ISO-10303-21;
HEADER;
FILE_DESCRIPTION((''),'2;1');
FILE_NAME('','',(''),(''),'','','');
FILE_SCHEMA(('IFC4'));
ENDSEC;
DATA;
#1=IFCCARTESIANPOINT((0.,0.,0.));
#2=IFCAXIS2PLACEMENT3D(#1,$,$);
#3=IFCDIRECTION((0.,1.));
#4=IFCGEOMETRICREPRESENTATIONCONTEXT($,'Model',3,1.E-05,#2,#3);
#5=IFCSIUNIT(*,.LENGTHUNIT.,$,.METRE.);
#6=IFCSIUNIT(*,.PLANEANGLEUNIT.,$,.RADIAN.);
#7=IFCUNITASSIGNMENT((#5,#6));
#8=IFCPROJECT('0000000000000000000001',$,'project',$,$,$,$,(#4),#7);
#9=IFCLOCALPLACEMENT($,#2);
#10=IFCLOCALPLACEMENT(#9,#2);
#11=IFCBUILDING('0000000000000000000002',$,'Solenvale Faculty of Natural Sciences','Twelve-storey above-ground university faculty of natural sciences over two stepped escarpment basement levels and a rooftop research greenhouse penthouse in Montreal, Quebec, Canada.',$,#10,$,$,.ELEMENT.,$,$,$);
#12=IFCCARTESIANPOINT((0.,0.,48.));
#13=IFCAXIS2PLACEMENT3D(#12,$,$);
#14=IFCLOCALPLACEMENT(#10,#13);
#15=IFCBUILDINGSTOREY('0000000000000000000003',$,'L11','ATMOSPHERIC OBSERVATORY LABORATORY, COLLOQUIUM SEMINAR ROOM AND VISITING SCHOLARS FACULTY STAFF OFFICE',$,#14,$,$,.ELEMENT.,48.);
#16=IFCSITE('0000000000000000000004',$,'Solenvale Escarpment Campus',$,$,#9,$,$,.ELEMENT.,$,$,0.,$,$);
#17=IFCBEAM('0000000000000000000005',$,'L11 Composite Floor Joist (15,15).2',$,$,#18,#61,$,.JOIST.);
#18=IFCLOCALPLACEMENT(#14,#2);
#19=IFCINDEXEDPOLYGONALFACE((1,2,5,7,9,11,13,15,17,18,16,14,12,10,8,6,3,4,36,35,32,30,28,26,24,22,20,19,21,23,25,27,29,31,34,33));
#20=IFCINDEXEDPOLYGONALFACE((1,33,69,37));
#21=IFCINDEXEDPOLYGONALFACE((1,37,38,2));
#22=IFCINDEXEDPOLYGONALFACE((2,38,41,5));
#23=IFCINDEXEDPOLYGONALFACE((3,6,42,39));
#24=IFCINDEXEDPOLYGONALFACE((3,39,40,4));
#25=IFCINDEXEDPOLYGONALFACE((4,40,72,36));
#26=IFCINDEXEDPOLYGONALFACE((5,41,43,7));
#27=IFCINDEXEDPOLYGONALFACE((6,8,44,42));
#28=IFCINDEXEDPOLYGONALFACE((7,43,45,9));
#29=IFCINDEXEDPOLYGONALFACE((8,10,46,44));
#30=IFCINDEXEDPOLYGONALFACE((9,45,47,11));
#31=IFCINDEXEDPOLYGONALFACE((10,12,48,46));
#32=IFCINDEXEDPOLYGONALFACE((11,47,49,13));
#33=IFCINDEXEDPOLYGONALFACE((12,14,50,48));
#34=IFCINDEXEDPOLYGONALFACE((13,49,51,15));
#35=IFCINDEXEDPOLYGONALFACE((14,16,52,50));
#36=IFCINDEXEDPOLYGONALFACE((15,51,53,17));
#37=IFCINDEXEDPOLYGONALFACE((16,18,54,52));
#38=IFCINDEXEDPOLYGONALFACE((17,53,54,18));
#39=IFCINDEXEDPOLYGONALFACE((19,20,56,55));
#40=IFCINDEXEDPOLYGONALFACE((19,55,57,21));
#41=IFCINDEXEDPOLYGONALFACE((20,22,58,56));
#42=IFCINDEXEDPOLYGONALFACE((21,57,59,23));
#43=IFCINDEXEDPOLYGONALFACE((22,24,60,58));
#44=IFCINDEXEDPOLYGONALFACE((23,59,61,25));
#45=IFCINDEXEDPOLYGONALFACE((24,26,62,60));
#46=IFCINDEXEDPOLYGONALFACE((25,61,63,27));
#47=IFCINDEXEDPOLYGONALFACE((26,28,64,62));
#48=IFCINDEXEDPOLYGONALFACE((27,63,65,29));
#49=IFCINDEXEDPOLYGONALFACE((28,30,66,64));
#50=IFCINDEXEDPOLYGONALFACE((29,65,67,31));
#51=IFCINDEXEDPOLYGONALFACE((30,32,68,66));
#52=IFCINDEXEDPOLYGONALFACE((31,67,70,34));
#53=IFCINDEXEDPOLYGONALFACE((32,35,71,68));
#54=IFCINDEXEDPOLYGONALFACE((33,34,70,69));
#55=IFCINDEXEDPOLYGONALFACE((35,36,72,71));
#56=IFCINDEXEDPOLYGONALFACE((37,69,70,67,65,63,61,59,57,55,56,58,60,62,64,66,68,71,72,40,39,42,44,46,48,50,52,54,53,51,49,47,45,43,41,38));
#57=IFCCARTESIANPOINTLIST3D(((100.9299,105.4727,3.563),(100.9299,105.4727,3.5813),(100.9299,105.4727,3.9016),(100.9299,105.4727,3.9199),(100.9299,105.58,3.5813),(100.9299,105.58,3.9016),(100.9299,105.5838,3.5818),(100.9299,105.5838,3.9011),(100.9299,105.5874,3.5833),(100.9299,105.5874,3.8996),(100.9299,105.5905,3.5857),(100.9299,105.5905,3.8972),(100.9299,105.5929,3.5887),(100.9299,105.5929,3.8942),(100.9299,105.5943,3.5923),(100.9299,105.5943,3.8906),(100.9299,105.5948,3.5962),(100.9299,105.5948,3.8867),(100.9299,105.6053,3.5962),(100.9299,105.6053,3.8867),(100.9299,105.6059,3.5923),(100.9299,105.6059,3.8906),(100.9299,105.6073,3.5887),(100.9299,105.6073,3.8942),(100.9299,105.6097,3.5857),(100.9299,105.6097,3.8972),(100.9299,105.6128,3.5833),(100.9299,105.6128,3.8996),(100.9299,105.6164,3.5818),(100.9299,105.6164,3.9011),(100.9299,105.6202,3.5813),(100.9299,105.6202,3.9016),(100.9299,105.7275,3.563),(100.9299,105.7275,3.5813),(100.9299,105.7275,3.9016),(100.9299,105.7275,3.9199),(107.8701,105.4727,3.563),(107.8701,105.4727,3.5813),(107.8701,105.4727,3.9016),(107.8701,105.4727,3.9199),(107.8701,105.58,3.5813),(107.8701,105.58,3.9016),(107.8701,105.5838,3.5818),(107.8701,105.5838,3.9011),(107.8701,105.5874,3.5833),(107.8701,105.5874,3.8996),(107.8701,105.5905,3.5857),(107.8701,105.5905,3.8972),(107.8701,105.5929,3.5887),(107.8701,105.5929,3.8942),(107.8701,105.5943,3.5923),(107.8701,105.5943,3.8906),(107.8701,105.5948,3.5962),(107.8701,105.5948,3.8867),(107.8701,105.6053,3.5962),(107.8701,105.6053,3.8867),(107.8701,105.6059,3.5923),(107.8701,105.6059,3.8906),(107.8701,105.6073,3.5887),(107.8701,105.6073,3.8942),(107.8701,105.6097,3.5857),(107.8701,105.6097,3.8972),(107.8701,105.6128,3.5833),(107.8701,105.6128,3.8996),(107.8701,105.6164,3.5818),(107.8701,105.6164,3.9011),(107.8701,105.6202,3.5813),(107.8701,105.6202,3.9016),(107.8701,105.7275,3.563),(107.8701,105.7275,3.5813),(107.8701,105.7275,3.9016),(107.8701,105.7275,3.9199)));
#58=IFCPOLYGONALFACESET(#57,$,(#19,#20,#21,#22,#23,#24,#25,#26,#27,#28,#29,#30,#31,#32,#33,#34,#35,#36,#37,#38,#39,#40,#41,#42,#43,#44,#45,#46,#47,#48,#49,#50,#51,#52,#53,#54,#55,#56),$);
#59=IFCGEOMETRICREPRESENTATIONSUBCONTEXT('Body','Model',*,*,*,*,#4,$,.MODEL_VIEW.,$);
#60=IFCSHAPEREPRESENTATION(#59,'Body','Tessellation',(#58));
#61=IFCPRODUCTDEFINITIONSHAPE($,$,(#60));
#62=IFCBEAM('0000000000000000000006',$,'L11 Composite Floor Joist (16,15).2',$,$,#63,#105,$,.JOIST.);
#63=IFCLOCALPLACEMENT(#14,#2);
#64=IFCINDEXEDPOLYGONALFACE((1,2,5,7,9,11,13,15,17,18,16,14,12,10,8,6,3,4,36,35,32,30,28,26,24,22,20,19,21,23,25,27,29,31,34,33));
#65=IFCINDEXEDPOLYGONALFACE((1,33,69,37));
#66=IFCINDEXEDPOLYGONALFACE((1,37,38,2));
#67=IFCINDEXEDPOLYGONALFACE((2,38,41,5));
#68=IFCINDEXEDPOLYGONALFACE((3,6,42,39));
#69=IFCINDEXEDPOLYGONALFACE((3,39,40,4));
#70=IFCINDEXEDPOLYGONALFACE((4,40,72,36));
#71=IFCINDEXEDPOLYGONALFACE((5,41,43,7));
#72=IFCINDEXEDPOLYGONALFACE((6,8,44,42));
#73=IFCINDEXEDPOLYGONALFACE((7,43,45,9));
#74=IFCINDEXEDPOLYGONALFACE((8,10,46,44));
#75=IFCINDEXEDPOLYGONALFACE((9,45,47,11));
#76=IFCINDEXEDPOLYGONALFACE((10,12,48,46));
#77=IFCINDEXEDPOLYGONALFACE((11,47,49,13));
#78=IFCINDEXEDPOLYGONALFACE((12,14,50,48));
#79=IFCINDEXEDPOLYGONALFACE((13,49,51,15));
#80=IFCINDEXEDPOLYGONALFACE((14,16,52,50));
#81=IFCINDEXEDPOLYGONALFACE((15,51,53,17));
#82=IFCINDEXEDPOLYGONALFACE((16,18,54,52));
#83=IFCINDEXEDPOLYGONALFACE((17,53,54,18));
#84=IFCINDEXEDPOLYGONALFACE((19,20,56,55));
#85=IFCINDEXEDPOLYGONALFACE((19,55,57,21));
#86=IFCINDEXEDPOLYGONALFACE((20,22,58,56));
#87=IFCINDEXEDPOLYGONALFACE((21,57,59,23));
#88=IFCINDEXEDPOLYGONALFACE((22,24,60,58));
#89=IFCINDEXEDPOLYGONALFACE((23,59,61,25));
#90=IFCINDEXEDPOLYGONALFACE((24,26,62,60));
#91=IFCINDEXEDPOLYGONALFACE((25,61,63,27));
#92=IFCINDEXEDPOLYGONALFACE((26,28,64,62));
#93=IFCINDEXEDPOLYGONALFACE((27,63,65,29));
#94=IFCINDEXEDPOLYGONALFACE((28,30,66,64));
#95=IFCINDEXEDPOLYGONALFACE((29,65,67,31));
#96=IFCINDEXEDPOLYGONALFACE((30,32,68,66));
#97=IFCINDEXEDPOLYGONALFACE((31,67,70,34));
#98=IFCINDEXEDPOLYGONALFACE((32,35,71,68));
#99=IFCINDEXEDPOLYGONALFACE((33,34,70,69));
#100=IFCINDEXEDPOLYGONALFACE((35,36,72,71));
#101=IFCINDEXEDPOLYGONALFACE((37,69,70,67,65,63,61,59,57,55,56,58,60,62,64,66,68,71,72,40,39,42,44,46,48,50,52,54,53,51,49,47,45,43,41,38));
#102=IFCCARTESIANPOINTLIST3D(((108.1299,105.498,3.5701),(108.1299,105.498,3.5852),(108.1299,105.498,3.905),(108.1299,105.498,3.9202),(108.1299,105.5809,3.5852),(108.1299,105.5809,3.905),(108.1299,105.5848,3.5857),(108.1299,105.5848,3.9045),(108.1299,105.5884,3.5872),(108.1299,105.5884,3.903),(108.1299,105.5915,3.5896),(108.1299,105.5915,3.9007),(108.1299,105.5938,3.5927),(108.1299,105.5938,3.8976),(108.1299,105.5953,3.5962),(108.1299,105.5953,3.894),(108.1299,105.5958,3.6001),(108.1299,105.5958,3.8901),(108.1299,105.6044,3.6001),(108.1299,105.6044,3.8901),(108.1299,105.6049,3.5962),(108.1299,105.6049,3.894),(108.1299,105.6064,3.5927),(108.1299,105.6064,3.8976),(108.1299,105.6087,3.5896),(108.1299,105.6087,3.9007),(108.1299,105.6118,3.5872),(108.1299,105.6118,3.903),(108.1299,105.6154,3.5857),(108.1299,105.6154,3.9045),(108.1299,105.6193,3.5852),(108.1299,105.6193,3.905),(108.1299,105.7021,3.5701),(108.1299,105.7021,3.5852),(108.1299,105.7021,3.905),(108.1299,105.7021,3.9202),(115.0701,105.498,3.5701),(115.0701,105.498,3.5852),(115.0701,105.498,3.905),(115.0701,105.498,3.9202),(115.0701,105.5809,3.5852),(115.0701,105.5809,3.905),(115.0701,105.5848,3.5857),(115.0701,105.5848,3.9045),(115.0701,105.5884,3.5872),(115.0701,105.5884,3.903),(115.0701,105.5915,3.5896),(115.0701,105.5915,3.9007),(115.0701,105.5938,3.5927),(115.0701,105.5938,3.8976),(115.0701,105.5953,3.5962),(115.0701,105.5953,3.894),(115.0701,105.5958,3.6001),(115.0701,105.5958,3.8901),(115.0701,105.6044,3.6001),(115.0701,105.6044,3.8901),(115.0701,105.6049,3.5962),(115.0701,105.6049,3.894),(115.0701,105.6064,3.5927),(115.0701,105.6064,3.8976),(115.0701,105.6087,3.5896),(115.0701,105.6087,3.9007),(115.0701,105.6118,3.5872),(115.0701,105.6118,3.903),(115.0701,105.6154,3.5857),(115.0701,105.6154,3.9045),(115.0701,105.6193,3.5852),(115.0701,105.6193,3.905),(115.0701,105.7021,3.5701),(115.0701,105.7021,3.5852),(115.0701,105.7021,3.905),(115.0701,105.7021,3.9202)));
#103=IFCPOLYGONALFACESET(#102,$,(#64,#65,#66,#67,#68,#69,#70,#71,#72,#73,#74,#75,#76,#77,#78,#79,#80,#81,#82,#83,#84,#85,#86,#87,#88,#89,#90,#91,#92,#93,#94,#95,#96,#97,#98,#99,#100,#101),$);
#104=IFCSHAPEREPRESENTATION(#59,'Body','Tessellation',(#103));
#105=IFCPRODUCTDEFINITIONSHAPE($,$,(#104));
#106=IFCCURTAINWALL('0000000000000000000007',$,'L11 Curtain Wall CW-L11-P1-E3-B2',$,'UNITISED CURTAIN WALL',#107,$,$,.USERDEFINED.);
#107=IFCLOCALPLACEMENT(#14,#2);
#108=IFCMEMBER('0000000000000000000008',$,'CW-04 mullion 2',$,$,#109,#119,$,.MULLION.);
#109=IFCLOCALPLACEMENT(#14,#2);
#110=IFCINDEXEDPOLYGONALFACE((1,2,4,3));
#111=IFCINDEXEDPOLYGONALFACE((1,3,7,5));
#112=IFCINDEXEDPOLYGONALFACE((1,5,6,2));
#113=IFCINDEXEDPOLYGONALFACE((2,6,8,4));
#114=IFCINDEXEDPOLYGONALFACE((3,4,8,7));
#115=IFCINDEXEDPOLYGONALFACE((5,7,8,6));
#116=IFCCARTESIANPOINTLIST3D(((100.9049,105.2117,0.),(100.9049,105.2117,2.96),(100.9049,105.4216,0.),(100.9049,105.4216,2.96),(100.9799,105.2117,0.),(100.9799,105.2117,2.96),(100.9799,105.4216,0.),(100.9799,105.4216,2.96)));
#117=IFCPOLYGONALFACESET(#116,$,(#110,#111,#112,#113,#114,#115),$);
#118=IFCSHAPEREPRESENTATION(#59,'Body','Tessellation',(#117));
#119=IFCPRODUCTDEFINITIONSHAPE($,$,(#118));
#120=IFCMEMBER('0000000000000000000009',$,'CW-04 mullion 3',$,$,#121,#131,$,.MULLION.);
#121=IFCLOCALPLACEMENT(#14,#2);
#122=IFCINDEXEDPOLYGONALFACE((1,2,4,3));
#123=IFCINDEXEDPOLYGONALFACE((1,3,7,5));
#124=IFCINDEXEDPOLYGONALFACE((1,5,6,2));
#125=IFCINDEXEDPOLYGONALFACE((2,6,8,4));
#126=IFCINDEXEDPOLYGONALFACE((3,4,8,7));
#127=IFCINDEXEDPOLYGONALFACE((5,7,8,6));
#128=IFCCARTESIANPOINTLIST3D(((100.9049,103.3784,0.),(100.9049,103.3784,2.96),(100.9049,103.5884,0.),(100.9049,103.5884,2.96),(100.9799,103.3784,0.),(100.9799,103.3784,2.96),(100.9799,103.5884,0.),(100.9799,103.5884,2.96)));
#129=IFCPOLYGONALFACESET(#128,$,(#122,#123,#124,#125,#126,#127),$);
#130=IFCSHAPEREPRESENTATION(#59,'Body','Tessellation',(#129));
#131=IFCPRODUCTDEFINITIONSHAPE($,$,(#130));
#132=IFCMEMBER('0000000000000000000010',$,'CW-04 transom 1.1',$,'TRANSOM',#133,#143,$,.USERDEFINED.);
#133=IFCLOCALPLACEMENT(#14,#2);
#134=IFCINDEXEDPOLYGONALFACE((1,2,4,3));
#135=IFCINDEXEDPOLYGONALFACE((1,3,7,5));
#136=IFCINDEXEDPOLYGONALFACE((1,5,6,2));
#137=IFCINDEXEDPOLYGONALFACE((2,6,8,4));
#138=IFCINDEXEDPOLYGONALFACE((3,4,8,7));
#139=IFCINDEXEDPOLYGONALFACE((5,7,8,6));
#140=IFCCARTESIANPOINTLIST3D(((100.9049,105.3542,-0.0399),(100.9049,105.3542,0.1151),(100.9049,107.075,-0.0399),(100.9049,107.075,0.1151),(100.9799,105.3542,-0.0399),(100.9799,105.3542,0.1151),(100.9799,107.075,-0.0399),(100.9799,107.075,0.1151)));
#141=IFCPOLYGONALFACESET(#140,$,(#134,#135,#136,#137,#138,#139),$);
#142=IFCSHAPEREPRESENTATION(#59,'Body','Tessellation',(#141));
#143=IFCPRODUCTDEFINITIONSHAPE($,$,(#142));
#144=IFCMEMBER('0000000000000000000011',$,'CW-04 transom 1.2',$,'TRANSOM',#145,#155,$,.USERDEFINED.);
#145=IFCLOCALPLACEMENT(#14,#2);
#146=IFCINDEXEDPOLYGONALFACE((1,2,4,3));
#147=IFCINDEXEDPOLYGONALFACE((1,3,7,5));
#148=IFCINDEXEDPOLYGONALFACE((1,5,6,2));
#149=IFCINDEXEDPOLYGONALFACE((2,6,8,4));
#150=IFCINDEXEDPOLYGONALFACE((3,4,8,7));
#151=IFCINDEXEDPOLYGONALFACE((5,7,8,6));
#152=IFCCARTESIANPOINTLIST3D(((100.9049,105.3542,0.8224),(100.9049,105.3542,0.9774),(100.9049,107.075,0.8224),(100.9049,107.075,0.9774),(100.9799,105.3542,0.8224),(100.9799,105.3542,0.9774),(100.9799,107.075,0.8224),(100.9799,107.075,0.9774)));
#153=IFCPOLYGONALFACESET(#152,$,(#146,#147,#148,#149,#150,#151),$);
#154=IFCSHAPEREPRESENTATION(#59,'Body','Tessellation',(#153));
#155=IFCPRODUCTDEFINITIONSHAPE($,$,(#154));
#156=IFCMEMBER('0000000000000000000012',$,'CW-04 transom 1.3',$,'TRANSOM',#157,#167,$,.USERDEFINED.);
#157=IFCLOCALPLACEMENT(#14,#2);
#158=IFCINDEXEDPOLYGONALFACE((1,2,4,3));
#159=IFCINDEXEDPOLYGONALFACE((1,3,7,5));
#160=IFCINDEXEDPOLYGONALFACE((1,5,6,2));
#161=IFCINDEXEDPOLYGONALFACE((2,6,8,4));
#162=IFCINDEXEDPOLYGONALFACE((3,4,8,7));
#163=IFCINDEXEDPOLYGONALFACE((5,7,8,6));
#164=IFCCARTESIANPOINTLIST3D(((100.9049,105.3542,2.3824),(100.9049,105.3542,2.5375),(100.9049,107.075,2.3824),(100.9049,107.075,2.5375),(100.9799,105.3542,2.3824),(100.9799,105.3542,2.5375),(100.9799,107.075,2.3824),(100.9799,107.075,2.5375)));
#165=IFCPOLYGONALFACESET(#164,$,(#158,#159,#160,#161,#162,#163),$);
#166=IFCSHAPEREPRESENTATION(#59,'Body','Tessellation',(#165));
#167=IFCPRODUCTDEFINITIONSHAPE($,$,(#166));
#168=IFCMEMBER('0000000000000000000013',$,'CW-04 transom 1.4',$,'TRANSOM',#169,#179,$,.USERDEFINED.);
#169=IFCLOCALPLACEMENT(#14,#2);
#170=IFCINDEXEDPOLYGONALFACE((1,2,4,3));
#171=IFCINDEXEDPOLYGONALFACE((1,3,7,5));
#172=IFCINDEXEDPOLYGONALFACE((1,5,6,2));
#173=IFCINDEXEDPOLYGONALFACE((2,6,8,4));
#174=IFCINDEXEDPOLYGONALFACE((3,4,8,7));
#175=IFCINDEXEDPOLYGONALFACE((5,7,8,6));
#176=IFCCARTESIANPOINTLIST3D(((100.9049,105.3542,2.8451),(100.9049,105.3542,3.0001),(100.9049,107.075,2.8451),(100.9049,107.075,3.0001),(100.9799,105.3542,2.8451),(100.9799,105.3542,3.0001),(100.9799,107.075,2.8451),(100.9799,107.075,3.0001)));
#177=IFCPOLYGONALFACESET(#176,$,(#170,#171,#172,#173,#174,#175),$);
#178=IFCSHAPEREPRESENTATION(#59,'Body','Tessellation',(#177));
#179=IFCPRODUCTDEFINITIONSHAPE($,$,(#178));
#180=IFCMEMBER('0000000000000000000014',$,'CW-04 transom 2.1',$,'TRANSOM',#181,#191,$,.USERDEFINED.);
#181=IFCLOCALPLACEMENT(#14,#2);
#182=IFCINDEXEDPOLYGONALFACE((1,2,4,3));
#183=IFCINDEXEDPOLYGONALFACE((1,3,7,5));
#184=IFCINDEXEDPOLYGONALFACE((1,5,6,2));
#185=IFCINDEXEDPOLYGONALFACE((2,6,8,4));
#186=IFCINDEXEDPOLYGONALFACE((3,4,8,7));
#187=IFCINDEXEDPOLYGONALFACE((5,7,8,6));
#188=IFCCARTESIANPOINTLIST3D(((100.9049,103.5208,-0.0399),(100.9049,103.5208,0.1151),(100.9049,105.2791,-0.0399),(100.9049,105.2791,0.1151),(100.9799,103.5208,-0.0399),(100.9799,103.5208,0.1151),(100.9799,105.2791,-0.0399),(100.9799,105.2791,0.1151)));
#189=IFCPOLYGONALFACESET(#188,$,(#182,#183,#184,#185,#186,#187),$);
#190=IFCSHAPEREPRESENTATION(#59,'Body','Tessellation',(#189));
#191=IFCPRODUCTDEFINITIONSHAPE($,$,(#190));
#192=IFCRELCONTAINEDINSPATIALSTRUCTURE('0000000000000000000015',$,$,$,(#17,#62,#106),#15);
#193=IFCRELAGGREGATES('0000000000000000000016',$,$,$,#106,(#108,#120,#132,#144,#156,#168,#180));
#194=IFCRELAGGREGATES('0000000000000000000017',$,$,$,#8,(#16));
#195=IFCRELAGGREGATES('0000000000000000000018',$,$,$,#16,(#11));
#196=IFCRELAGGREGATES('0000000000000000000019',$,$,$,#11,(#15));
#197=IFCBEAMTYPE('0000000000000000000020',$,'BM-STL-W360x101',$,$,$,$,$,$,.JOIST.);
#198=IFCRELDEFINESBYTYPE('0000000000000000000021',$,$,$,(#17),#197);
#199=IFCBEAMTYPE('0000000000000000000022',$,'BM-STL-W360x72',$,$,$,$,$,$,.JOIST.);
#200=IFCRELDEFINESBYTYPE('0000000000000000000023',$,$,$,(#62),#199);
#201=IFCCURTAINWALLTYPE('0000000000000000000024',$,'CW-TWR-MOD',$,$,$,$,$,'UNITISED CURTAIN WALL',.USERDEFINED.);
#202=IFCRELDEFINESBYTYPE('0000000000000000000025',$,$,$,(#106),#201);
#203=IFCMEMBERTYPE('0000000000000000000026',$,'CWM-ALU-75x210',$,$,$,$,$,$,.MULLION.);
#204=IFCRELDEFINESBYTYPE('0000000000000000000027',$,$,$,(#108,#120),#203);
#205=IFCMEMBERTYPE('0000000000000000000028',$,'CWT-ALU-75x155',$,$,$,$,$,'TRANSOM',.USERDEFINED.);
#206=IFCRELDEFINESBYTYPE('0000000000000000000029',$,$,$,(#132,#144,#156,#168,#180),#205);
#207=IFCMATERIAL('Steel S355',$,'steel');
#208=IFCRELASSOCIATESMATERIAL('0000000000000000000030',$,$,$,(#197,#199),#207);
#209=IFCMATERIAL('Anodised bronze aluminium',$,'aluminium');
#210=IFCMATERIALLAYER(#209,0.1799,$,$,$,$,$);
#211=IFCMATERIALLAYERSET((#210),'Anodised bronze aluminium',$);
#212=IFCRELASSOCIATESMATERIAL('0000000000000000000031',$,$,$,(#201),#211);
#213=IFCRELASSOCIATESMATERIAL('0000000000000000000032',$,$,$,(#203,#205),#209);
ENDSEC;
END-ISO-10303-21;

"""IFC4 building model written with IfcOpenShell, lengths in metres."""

from ifc_helpers import new_model, si_unit, direction, frame, origin, origin_2d, place, context, subcontext, project, spatial, rectangle, i_section, extrude, material, layer, layer_set, material_profile, profile_set, type_object, element, aggregate, save


model = new_model("IFC4")

# Units and contexts
model_context = context("Model", 3, precision=1e-05, world=origin(), true_north=direction((0.0, 1.0)))
body_context = subcontext(model_context, "Body", "Model", "MODEL_VIEW")
ifc_project = project(units=[si_unit("LENGTHUNIT", "METRE"), si_unit("PLANEANGLEUNIT", "RADIAN")], contexts=[model_context])

# Site, building, storey
site_placement = place(None, origin())
site = spatial("IfcSite", under=ifc_project, at=site_placement, Name="Solenvale Escarpment Campus", CompositionType="ELEMENT", RefElevation=0.0)
building_placement = place(site_placement, origin())
building = spatial("IfcBuilding", under=site, at=building_placement, Name="Solenvale Faculty of Natural Sciences", Description="Twelve-storey above-ground university faculty of natural sciences over two stepped escarpment basement levels and a rooftop research greenhouse penthouse in Montreal, Quebec, Canada.", CompositionType="ELEMENT")
storey_placement = place(building_placement, frame((0.0, 0.0, 48.0)))
storey = spatial("IfcBuildingStorey", under=building, at=storey_placement, Name="L11", Description="ATMOSPHERIC OBSERVATORY LABORATORY, COLLOQUIUM SEMINAR ROOM AND VISITING SCHOLARS FACULTY STAFF OFFICE", CompositionType="ELEMENT", Elevation=48.0)

# Beams
ifc_material_1 = material(Name="Steel S355", Category="steel")
ifc_material_profile_1 = material_profile(ifc_material_1, i_section(OverallWidth=0.2549, OverallDepth=0.3569, WebThickness=0.0105, FlangeThickness=0.0183, FilletRadius=0.0149, at=origin_2d()), Name="W360x101")
ifc_profile_set_1 = profile_set([ifc_material_profile_1], Name="Steel S355")
beam_type_1 = type_object("IfcBeamType", Name="BM-STL-W360x101", PredefinedType="JOIST", material=ifc_profile_set_1)
beam_1_placement = place(storey_placement, frame((100.9299, 105.6001, 3.7415), z_axis=(1.0, 0.0, 0.0), x_axis=(0.0, 1.0, 0.0)))
element("IfcBeam", 1, at=beam_1_placement, inside=storey, type_object=beam_type_1, Name="L11 Composite Floor Joist (15,15).2", PredefinedType="JOIST", context=body_context, shape_type="SweptSolid", body=[
    extrude(i_section(OverallWidth=0.2549, OverallDepth=0.3569, WebThickness=0.0105, FlangeThickness=0.0183, FilletRadius=0.0149, at=origin_2d()), origin(), (0.0, 0.0, 1.0), 6.9402),
])
ifc_material_profile_2 = material_profile(ifc_material_1, i_section(OverallWidth=0.2041, OverallDepth=0.3501, WebThickness=0.0085, FlangeThickness=0.0151, FilletRadius=0.0149, at=origin_2d()), Name="W360x72")
ifc_profile_set_2 = profile_set([ifc_material_profile_2], Name="Steel S355")
beam_type_2 = type_object("IfcBeamType", Name="BM-STL-W360x72", PredefinedType="JOIST", material=ifc_profile_set_2)
beam_2_placement = place(storey_placement, frame((108.1299, 105.6001, 3.7451), z_axis=(1.0, 0.0, 0.0), x_axis=(0.0, 1.0, 0.0)))
element("IfcBeam", 2, at=beam_2_placement, inside=storey, type_object=beam_type_2, Name="L11 Composite Floor Joist (16,15).2", PredefinedType="JOIST", context=body_context, shape_type="SweptSolid", body=[
    extrude(i_section(OverallWidth=0.2041, OverallDepth=0.3501, WebThickness=0.0085, FlangeThickness=0.0151, FilletRadius=0.0149, at=origin_2d()), origin(), (0.0, 0.0, 1.0), 6.9402),
])

# Curtain wall, members
ifc_material_2 = material(Name="Anodised bronze aluminium", Category="aluminium")
ifc_layer_1 = layer(ifc_material_2, 0.1799)
ifc_layer_set_1 = layer_set([ifc_layer_1], Name="Anodised bronze aluminium")
curtain_wall_type = type_object("IfcCurtainWallType", Name="CW-TWR-MOD", ElementType="UNITISED CURTAIN WALL", PredefinedType="USERDEFINED", material=ifc_layer_set_1)
curtain_wall_placement = place(storey_placement, origin())
curtain_wall = element("IfcCurtainWall", 3, at=curtain_wall_placement, inside=storey, type_object=curtain_wall_type, Name="L11 Curtain Wall CW-L11-P1-E3-B2", ObjectType="UNITISED CURTAIN WALL", PredefinedType="USERDEFINED")
ifc_material_profile_3 = material_profile(ifc_material_2, rectangle(XDim=0.075, YDim=0.21, at=origin_2d()), Name="ALU-MUL-75x210")
ifc_profile_set_3 = profile_set([ifc_material_profile_3], Name="Anodised bronze aluminium")
member_type_1 = type_object("IfcMemberType", Name="CWM-ALU-75x210", PredefinedType="MULLION", material=ifc_profile_set_3)
member_1_placement = place(storey_placement, frame((100.9424, 105.3167, 0.0), z_axis=(0.0, 0.0, 1.0), x_axis=(1.0, 0.0, 0.0)))
member_1 = element("IfcMember", 4, at=member_1_placement, type_object=member_type_1, Name="CW-04 mullion 2", PredefinedType="MULLION", context=body_context, shape_type="SweptSolid", body=[
    extrude(rectangle(XDim=0.075, YDim=0.21, at=origin_2d()), origin(), (0.0, 0.0, 1.0), 2.96),
])
member_2_placement = place(storey_placement, frame((100.9424, 103.4834, 0.0), z_axis=(0.0, 0.0, 1.0), x_axis=(1.0, 0.0, 0.0)))
member_2 = element("IfcMember", 5, at=member_2_placement, type_object=member_type_1, Name="CW-04 mullion 3", PredefinedType="MULLION", context=body_context, shape_type="SweptSolid", body=[
    extrude(rectangle(XDim=0.075, YDim=0.21, at=origin_2d()), origin(), (0.0, 0.0, 1.0), 2.96),
])
ifc_material_profile_4 = material_profile(ifc_material_2, rectangle(XDim=0.075, YDim=0.155, at=origin_2d()), Name="ALU-TRN-75x155")
ifc_profile_set_4 = profile_set([ifc_material_profile_4], Name="Anodised bronze aluminium")
member_type_2 = type_object("IfcMemberType", Name="CWT-ALU-75x155", ElementType="TRANSOM", PredefinedType="USERDEFINED", material=ifc_profile_set_4)
member_3_placement = place(storey_placement, frame((100.9424, 107.075, 0.0376), z_axis=(0.0, -1.0, 0.0), x_axis=(1.0, 0.0, 0.0)))
member_3 = element("IfcMember", 6, at=member_3_placement, type_object=member_type_2, Name="CW-04 transom 1.1", ObjectType="TRANSOM", PredefinedType="USERDEFINED", context=body_context, shape_type="SweptSolid", body=[
    extrude(rectangle(XDim=0.075, YDim=0.155, at=origin_2d()), origin(), (0.0, 0.0, 1.0), 1.7207),
])
member_4_placement = place(storey_placement, frame((100.9424, 107.075, 0.8999), z_axis=(0.0, -1.0, 0.0), x_axis=(1.0, 0.0, 0.0)))
member_4 = element("IfcMember", 7, at=member_4_placement, type_object=member_type_2, Name="CW-04 transom 1.2", ObjectType="TRANSOM", PredefinedType="USERDEFINED", context=body_context, shape_type="SweptSolid", body=[
    extrude(rectangle(XDim=0.075, YDim=0.155, at=origin_2d()), origin(), (0.0, 0.0, 1.0), 1.7207),
])
member_5_placement = place(storey_placement, frame((100.9424, 107.075, 2.46), z_axis=(0.0, -1.0, 0.0), x_axis=(1.0, 0.0, 0.0)))
member_5 = element("IfcMember", 8, at=member_5_placement, type_object=member_type_2, Name="CW-04 transom 1.3", ObjectType="TRANSOM", PredefinedType="USERDEFINED", context=body_context, shape_type="SweptSolid", body=[
    extrude(rectangle(XDim=0.075, YDim=0.155, at=origin_2d()), origin(), (0.0, 0.0, 1.0), 1.7207),
])
member_6_placement = place(storey_placement, frame((100.9424, 107.075, 2.9226), z_axis=(0.0, -1.0, 0.0), x_axis=(1.0, 0.0, 0.0)))
member_6 = element("IfcMember", 9, at=member_6_placement, type_object=member_type_2, Name="CW-04 transom 1.4", ObjectType="TRANSOM", PredefinedType="USERDEFINED", context=body_context, shape_type="SweptSolid", body=[
    extrude(rectangle(XDim=0.075, YDim=0.155, at=origin_2d()), origin(), (0.0, 0.0, 1.0), 1.7207),
])
member_7_placement = place(storey_placement, frame((100.9424, 105.2791, 0.0376), z_axis=(0.0, -1.0, 0.0), x_axis=(1.0, 0.0, 0.0)))
member_7 = element("IfcMember", 10, at=member_7_placement, type_object=member_type_2, Name="CW-04 transom 2.1", ObjectType="TRANSOM", PredefinedType="USERDEFINED", context=body_context, shape_type="SweptSolid", body=[
    extrude(rectangle(XDim=0.075, YDim=0.155, at=origin_2d()), origin(), (0.0, 0.0, 1.0), 1.7583),
])
aggregate(curtain_wall, [member_1, member_2, member_3, member_4, member_5, member_6, member_7])

save(model, "model.ifc")
